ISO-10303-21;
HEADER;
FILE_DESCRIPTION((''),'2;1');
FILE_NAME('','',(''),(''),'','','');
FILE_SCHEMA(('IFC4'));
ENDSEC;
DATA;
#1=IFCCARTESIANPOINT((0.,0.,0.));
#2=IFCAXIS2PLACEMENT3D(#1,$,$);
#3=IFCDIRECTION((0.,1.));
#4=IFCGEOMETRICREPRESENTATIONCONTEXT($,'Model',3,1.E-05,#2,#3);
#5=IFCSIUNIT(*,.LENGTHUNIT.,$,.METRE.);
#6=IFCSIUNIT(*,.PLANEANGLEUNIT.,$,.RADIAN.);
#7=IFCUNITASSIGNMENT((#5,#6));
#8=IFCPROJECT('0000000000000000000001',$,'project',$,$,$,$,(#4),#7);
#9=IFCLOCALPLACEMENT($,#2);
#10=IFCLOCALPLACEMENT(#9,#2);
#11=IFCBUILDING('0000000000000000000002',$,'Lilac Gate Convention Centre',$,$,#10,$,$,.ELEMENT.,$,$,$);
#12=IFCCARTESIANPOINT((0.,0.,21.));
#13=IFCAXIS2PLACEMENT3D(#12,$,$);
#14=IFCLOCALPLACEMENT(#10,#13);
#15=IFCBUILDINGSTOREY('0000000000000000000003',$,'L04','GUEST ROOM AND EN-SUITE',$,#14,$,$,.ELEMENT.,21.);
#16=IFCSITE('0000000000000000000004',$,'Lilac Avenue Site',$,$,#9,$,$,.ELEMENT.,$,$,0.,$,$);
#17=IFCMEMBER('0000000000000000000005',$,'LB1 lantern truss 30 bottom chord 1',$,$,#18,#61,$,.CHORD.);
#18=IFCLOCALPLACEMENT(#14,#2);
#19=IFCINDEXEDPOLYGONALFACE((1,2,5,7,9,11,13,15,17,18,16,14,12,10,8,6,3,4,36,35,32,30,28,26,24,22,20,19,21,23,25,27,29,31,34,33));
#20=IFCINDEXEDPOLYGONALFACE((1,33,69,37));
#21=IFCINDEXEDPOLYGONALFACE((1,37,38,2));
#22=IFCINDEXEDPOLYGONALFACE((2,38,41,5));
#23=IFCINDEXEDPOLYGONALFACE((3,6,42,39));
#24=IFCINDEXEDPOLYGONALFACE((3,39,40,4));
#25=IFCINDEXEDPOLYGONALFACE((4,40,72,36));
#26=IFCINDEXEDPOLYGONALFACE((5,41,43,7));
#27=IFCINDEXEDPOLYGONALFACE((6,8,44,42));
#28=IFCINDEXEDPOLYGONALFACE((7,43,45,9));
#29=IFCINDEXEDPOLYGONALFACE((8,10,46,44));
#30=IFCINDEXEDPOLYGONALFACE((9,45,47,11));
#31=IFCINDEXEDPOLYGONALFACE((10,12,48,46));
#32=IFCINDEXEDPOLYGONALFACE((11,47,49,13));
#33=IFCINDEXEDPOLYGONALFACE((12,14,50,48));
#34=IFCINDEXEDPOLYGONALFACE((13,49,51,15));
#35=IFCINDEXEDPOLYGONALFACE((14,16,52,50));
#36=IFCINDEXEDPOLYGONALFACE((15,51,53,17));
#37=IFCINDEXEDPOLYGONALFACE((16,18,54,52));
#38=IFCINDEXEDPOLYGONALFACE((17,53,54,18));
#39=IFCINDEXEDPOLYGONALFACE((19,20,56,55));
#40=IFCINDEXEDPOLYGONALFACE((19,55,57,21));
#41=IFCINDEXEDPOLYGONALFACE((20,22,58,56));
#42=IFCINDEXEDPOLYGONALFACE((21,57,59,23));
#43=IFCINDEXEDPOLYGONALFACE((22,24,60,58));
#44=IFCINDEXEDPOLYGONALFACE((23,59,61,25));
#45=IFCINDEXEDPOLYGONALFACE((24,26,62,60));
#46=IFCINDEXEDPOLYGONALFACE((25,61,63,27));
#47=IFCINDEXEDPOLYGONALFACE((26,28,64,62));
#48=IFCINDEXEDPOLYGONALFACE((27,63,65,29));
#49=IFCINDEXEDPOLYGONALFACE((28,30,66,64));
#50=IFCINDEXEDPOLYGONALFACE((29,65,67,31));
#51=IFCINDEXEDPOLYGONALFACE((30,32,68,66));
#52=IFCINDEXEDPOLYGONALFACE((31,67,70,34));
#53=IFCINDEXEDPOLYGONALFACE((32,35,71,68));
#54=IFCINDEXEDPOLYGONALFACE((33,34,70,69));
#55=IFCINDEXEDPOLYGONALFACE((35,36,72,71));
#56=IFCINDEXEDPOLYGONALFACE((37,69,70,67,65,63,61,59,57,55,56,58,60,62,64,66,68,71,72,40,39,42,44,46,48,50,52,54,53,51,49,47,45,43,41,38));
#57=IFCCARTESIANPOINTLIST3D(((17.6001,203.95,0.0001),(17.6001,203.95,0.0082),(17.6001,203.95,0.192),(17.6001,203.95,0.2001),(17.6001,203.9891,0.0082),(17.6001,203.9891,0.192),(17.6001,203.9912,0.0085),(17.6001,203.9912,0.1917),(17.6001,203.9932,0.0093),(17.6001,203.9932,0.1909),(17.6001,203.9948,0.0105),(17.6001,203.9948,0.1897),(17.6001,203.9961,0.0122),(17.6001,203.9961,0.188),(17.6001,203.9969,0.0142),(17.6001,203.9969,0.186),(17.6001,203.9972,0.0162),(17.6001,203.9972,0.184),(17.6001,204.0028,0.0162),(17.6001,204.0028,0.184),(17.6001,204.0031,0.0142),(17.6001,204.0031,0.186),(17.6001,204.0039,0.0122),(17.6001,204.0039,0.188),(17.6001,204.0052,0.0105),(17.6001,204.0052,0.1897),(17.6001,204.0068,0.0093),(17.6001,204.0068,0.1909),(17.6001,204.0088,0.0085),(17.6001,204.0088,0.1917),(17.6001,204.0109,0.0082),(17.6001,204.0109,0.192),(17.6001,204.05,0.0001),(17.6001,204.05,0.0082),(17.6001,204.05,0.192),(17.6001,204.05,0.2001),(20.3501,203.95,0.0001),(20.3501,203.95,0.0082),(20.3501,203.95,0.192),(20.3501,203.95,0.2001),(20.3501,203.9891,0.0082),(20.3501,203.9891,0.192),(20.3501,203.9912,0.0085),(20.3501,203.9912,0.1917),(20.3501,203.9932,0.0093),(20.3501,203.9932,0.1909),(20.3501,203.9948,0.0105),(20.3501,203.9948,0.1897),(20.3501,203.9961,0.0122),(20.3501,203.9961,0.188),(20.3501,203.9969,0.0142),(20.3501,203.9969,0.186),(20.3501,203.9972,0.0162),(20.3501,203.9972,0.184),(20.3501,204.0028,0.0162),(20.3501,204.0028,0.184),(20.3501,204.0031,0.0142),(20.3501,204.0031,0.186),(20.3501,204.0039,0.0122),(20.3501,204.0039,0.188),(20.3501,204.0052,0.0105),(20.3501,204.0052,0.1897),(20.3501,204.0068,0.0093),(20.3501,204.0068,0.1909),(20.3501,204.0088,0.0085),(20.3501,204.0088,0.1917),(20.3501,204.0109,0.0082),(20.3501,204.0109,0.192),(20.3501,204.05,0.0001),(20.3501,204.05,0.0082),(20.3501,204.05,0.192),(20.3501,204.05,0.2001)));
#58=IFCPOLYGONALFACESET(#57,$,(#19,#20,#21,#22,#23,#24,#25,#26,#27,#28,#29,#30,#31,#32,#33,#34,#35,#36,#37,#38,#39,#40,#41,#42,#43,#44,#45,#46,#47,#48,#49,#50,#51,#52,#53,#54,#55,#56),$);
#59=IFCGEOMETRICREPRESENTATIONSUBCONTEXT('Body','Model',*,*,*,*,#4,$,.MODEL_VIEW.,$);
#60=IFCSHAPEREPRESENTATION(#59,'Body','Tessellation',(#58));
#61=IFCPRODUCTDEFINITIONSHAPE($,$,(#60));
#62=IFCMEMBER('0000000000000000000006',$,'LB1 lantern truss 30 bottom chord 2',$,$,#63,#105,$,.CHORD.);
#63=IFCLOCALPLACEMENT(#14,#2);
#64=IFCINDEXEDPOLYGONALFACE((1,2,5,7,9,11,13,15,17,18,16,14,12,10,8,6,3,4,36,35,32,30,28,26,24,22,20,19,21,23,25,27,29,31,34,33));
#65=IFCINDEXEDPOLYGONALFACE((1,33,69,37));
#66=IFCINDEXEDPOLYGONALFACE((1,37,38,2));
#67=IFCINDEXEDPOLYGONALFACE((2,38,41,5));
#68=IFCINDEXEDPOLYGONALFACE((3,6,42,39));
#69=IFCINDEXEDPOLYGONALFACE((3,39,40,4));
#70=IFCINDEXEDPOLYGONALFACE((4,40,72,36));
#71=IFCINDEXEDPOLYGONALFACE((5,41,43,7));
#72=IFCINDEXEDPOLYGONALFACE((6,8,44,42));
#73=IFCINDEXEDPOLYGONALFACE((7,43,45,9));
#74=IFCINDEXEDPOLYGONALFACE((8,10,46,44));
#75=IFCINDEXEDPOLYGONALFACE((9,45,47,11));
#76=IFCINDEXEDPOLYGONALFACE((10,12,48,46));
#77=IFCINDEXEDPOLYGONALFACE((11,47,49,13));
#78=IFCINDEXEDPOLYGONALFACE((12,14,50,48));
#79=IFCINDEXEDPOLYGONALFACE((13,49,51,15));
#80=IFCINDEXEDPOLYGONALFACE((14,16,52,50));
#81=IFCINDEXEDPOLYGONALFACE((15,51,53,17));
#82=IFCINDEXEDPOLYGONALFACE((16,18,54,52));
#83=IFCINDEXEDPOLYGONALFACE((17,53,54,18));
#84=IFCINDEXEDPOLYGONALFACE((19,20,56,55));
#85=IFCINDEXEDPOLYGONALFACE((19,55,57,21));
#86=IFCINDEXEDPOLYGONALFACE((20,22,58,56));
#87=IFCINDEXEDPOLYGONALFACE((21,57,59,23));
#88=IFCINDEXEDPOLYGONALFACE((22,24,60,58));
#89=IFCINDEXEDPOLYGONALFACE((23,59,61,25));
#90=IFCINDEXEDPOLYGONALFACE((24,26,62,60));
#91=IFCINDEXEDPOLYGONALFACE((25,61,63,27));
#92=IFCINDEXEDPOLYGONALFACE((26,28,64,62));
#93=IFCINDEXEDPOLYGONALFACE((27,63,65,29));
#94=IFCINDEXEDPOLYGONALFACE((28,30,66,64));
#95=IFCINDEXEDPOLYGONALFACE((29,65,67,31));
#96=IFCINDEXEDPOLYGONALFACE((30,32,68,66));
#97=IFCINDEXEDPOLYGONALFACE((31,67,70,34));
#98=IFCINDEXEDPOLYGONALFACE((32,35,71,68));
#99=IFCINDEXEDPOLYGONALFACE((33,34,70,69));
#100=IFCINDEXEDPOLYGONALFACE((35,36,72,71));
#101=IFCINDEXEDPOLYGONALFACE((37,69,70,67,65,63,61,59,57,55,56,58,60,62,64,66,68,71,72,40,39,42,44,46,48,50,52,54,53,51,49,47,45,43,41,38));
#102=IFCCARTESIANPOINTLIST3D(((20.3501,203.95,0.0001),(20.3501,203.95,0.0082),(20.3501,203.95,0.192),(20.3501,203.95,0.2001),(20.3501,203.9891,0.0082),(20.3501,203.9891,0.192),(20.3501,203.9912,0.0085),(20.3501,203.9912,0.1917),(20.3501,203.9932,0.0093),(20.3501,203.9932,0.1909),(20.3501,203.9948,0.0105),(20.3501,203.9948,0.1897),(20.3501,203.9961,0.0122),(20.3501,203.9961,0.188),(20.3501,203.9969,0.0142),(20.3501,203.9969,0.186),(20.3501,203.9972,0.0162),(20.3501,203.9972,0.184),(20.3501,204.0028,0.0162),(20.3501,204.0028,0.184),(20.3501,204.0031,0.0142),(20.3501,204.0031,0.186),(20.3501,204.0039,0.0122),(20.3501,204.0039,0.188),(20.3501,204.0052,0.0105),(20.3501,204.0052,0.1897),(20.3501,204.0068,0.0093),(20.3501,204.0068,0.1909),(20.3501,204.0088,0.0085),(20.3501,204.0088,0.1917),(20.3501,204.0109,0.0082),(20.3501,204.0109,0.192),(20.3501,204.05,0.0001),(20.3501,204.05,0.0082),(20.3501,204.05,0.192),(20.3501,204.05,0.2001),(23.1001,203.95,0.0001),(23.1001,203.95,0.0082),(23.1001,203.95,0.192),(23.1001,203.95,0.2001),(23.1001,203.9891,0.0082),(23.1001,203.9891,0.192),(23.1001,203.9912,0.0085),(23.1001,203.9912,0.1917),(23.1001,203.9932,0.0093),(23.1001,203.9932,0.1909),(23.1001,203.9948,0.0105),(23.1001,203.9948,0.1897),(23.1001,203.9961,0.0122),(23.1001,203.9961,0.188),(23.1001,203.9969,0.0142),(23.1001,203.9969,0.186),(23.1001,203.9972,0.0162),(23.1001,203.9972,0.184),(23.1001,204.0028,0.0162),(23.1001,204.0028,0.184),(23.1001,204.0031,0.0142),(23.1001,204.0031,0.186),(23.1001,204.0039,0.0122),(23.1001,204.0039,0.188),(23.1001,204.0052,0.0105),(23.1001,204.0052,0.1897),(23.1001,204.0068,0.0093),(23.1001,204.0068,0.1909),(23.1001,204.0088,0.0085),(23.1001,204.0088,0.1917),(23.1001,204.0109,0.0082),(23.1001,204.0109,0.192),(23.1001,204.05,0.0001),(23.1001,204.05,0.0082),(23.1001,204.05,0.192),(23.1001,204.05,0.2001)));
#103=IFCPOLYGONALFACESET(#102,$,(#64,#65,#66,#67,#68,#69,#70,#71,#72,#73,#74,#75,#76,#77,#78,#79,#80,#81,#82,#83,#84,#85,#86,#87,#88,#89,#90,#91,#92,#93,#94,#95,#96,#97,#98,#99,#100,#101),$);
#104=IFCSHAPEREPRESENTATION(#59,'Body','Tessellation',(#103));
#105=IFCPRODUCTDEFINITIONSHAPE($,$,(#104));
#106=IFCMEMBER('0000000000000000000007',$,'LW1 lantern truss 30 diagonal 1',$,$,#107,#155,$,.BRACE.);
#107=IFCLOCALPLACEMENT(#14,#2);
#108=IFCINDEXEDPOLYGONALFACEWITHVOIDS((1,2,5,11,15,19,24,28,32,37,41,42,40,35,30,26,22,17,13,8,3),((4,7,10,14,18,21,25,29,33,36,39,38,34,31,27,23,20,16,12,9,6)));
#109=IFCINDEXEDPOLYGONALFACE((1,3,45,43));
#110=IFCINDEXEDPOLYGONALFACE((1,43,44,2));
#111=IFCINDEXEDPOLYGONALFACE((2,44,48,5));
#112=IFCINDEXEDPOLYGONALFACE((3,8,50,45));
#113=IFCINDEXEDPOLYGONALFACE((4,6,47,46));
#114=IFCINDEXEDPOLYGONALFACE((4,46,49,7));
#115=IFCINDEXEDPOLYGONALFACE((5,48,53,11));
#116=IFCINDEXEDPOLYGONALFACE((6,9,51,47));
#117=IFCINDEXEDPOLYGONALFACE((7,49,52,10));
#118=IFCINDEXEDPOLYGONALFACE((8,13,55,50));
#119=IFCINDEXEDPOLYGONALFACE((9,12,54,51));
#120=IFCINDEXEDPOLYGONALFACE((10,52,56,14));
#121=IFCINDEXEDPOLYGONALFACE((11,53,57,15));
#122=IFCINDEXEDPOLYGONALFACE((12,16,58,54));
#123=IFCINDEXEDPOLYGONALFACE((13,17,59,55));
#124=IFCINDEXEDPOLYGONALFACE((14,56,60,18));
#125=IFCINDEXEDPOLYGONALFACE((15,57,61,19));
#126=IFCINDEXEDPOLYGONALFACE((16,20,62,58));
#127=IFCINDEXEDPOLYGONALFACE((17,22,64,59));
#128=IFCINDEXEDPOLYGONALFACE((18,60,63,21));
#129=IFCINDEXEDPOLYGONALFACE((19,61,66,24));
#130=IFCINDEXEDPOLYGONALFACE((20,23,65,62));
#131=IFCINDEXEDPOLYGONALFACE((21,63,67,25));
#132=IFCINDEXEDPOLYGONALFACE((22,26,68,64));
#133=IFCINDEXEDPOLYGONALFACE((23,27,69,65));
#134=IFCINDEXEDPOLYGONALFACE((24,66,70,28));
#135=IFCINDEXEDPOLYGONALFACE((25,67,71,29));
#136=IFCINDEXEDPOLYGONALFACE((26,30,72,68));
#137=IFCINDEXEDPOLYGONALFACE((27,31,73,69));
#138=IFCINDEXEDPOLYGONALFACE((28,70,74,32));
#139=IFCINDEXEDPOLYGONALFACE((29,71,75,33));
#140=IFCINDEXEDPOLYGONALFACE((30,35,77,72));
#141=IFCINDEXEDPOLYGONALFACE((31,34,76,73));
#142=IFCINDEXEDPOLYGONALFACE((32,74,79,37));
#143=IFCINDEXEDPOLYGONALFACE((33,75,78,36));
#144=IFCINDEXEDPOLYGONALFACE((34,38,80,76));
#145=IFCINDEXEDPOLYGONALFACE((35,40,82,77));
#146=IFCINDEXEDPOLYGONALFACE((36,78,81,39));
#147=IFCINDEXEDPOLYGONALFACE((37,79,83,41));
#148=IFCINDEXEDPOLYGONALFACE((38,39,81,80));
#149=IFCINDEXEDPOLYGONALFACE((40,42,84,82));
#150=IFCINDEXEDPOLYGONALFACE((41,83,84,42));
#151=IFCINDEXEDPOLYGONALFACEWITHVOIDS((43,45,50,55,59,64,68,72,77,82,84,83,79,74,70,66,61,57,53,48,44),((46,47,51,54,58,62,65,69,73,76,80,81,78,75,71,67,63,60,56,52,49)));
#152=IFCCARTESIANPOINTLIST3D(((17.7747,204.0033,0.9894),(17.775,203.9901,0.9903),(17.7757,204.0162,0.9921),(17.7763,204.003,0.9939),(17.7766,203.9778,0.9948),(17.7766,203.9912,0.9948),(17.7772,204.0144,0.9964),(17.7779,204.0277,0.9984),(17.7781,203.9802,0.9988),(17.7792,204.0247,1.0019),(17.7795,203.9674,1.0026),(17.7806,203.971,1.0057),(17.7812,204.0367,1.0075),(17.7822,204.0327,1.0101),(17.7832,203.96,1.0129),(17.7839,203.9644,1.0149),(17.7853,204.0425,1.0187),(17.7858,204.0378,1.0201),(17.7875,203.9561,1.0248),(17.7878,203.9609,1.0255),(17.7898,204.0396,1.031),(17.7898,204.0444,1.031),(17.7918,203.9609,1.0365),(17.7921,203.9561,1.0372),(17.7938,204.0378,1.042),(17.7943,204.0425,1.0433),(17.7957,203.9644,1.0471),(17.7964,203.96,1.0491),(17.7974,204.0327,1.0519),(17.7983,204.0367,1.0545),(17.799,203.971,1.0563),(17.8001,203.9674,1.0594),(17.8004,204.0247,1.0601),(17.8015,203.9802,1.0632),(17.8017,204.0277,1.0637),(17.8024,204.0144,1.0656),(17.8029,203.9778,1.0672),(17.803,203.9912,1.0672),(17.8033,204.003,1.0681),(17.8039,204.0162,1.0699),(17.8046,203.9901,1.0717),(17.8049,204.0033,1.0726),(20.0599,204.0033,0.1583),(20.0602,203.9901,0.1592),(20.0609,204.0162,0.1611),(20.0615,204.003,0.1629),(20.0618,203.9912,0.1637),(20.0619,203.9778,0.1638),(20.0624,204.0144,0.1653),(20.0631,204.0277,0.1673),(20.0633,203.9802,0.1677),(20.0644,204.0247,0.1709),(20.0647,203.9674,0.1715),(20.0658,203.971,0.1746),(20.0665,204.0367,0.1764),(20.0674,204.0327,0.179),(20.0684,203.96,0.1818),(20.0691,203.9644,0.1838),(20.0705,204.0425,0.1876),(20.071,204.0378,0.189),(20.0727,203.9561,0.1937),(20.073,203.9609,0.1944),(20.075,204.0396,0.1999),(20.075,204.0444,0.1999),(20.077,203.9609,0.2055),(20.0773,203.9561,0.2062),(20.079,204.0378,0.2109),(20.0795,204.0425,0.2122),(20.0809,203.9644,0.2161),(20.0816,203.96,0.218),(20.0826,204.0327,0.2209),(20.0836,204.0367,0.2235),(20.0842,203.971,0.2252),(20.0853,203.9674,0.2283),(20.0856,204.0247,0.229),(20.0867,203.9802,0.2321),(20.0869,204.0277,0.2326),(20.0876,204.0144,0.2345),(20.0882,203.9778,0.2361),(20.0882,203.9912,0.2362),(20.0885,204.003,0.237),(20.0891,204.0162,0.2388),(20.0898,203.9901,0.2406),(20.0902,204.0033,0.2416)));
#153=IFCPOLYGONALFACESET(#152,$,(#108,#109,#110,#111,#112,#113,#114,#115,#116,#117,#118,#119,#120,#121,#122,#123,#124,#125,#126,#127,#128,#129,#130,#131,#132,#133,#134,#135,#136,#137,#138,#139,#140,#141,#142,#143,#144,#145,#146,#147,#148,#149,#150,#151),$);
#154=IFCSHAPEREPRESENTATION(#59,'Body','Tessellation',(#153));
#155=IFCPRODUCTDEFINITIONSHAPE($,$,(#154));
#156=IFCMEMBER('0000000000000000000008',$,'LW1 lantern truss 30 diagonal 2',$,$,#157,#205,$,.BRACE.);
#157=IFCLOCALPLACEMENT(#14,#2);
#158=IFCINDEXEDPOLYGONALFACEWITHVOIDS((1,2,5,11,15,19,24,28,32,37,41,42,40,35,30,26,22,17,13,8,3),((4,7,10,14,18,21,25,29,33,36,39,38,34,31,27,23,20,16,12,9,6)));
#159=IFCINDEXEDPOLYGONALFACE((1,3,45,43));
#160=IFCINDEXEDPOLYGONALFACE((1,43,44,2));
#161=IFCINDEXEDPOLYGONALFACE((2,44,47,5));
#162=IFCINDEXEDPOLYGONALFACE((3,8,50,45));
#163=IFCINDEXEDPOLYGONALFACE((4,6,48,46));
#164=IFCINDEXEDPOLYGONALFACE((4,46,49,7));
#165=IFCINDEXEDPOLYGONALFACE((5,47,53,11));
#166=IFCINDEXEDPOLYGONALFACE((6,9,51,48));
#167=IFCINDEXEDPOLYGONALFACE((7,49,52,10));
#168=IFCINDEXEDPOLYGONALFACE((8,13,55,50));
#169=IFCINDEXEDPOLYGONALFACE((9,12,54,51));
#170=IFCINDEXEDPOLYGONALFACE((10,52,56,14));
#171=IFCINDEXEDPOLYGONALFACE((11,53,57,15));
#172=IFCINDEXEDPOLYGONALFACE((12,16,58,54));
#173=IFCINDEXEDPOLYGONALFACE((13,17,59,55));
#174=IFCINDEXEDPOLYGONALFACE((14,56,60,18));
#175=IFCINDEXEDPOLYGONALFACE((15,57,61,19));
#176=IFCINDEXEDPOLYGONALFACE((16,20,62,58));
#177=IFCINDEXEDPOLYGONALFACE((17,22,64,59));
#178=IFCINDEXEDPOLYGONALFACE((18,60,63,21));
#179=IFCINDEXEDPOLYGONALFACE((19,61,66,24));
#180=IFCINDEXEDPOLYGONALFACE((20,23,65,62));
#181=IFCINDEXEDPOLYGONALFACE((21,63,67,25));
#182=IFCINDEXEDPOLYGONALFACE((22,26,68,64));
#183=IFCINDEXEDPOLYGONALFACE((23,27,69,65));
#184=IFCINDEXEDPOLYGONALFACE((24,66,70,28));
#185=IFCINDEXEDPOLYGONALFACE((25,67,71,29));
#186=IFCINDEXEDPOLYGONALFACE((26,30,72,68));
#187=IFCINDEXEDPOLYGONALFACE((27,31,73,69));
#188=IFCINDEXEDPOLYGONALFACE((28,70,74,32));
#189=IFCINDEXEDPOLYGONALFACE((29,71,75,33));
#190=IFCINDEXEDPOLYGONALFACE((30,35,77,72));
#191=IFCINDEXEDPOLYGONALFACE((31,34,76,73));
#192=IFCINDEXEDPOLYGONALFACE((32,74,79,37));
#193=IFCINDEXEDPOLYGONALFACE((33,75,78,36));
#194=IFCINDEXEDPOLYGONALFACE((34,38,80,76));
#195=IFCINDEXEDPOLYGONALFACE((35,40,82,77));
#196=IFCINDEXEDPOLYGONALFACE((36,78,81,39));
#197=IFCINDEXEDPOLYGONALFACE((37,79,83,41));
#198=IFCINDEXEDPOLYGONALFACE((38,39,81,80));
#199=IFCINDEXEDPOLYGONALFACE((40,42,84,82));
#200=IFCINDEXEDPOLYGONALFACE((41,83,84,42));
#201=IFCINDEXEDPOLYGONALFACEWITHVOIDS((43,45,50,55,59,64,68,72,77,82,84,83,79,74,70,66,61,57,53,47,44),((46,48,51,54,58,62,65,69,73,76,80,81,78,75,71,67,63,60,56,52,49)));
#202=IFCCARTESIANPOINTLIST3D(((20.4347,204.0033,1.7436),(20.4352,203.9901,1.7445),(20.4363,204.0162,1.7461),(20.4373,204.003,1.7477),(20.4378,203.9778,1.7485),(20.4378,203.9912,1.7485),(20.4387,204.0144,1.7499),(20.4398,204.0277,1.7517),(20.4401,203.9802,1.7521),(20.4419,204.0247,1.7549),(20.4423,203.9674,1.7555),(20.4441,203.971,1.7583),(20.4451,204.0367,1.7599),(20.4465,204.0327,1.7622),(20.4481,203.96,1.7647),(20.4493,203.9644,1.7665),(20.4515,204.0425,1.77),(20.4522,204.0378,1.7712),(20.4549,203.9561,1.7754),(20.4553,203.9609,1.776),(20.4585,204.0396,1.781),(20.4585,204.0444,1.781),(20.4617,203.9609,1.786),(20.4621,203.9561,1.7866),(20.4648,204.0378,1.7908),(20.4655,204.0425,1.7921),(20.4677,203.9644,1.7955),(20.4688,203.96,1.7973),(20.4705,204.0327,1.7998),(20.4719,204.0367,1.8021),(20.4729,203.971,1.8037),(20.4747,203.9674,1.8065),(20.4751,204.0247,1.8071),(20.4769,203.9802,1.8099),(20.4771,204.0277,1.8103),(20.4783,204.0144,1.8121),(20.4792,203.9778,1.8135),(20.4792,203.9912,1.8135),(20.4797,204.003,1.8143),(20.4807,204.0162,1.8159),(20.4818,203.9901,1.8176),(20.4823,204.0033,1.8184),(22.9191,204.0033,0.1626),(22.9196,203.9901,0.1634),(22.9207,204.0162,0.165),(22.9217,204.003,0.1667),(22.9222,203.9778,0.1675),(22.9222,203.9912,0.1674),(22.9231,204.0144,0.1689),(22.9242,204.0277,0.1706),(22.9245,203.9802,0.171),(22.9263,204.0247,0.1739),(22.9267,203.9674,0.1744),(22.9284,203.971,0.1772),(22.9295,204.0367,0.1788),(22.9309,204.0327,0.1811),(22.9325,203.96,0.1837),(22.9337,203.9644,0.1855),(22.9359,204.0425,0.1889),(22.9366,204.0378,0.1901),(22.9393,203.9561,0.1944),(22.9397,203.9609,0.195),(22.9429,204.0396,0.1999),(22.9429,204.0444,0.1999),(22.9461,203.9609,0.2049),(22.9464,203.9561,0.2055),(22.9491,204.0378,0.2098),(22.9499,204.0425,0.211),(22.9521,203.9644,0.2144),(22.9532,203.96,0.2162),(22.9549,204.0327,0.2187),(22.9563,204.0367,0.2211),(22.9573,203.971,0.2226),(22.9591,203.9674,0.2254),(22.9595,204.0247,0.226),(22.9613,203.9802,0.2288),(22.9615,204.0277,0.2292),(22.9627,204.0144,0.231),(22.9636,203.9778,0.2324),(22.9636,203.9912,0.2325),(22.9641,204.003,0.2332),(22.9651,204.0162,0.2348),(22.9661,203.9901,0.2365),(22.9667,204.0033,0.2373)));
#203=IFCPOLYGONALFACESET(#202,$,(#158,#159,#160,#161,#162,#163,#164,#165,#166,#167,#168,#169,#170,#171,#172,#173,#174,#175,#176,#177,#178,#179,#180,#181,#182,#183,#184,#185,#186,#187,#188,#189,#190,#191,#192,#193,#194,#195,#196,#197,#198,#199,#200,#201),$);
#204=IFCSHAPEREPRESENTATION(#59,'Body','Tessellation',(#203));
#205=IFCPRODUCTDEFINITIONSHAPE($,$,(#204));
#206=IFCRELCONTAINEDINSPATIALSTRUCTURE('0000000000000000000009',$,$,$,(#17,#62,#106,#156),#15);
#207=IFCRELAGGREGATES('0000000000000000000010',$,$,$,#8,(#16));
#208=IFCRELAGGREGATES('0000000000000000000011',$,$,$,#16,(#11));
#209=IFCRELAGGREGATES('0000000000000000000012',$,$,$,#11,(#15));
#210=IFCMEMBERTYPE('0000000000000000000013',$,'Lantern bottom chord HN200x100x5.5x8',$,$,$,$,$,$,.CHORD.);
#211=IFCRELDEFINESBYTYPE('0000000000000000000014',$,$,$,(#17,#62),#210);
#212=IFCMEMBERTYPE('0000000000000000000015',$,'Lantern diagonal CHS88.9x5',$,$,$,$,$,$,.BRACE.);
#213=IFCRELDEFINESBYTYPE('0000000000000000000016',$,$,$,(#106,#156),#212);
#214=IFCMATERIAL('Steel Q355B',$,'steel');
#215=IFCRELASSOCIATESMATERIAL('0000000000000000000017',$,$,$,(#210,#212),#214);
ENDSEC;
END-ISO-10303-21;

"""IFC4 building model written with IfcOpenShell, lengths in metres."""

from ifc_helpers import new_model, si_unit, direction, frame, origin, origin_2d, place, context, subcontext, project, spatial, hollow_circle, i_section, extrude, material, material_profile, profile_set, type_object, element, save


model = new_model("IFC4")

# Units and contexts
model_context = context("Model", 3, precision=1e-05, world=origin(), true_north=direction((0.0, 1.0)))
body_context = subcontext(model_context, "Body", "Model", "MODEL_VIEW")
ifc_project = project(units=[si_unit("LENGTHUNIT", "METRE"), si_unit("PLANEANGLEUNIT", "RADIAN")], contexts=[model_context])

# Site, building, storey
site_placement = place(None, origin())
site = spatial("IfcSite", under=ifc_project, at=site_placement, Name="Lilac Avenue Site", CompositionType="ELEMENT", RefElevation=0.0)
building_placement = place(site_placement, origin())
building = spatial("IfcBuilding", under=site, at=building_placement, Name="Lilac Gate Convention Centre", CompositionType="ELEMENT")
storey_placement = place(building_placement, frame((0.0, 0.0, 21.0)))
storey = spatial("IfcBuildingStorey", under=building, at=storey_placement, Name="L04", Description="GUEST ROOM AND EN-SUITE", CompositionType="ELEMENT", Elevation=21.0)

# Members
ifc_material_1 = material(Name="Steel Q355B", Category="steel")
ifc_material_profile_1 = material_profile(ifc_material_1, i_section(OverallWidth=0.1001, OverallDepth=0.2, WebThickness=0.0056, FlangeThickness=0.0081, FilletRadius=0.0081, at=origin_2d()), Name="HN200x100x5.5x8")
ifc_profile_set_1 = profile_set([ifc_material_profile_1], Name="Steel Q355B")
member_type_1 = type_object("IfcMemberType", Name="Lantern bottom chord HN200x100x5.5x8", PredefinedType="CHORD", material=ifc_profile_set_1)
for number, where, z_axis, x_axis, name in (
    (1, (17.6001, 204.0, 0.1001), (1.0, 0.0, 0.0), (0.0, 1.0, 0.0), "LB1 lantern truss 30 bottom chord 1"),
    (2, (20.3501, 204.0, 0.1001), (1.0, 0.0, 0.0), (0.0, 1.0, 0.0), "LB1 lantern truss 30 bottom chord 2"),
):
    element("IfcMember", number, at=place(storey_placement, frame(where, z_axis=z_axis, x_axis=x_axis)), inside=storey, type_object=member_type_1, Name=name, PredefinedType="CHORD", context=body_context, shape_type="SweptSolid", body=[
        extrude(i_section(OverallWidth=0.1001, OverallDepth=0.2, WebThickness=0.0056, FlangeThickness=0.0081, FilletRadius=0.0081, at=origin_2d()), origin(), (0.0, 0.0, 1.0), 2.75),
    ])
ifc_material_profile_2 = material_profile(ifc_material_1, hollow_circle(Radius=0.0444, WallThickness=0.0049, at=origin_2d()), Name="CHS88.9x5")
ifc_profile_set_2 = profile_set([ifc_material_profile_2], Name="Steel Q355B")
member_type_2 = type_object("IfcMemberType", Name="Lantern diagonal CHS88.9x5", PredefinedType="BRACE", material=ifc_profile_set_2)
member_1_placement = place(storey_placement, frame((17.7898, 204.0, 1.031), z_axis=(0.939782, 0.0, -0.341775), x_axis=(0.0, 1.0, 0.0)))
element("IfcMember", 3, at=member_1_placement, inside=storey, type_object=member_type_2, Name="LW1 lantern truss 30 diagonal 1", PredefinedType="BRACE", context=body_context, shape_type="SweptSolid", body=[
    extrude(hollow_circle(Radius=0.0444, WallThickness=0.0049, at=origin_2d()), origin(), (0.0, 0.0, 1.0), 2.4316),
])
member_2_placement = place(storey_placement, frame((20.4585, 204.0, 1.781), z_axis=(0.843648, 0.0, -0.536897), x_axis=(0.0, 1.0, 0.0)))
element("IfcMember", 4, at=member_2_placement, inside=storey, type_object=member_type_2, Name="LW1 lantern truss 30 diagonal 2", PredefinedType="BRACE", context=body_context, shape_type="SweptSolid", body=[
    extrude(hollow_circle(Radius=0.0444, WallThickness=0.0049, at=origin_2d()), origin(), (0.0, 0.0, 1.0), 2.9448),
])

save(model, "model.ifc")
